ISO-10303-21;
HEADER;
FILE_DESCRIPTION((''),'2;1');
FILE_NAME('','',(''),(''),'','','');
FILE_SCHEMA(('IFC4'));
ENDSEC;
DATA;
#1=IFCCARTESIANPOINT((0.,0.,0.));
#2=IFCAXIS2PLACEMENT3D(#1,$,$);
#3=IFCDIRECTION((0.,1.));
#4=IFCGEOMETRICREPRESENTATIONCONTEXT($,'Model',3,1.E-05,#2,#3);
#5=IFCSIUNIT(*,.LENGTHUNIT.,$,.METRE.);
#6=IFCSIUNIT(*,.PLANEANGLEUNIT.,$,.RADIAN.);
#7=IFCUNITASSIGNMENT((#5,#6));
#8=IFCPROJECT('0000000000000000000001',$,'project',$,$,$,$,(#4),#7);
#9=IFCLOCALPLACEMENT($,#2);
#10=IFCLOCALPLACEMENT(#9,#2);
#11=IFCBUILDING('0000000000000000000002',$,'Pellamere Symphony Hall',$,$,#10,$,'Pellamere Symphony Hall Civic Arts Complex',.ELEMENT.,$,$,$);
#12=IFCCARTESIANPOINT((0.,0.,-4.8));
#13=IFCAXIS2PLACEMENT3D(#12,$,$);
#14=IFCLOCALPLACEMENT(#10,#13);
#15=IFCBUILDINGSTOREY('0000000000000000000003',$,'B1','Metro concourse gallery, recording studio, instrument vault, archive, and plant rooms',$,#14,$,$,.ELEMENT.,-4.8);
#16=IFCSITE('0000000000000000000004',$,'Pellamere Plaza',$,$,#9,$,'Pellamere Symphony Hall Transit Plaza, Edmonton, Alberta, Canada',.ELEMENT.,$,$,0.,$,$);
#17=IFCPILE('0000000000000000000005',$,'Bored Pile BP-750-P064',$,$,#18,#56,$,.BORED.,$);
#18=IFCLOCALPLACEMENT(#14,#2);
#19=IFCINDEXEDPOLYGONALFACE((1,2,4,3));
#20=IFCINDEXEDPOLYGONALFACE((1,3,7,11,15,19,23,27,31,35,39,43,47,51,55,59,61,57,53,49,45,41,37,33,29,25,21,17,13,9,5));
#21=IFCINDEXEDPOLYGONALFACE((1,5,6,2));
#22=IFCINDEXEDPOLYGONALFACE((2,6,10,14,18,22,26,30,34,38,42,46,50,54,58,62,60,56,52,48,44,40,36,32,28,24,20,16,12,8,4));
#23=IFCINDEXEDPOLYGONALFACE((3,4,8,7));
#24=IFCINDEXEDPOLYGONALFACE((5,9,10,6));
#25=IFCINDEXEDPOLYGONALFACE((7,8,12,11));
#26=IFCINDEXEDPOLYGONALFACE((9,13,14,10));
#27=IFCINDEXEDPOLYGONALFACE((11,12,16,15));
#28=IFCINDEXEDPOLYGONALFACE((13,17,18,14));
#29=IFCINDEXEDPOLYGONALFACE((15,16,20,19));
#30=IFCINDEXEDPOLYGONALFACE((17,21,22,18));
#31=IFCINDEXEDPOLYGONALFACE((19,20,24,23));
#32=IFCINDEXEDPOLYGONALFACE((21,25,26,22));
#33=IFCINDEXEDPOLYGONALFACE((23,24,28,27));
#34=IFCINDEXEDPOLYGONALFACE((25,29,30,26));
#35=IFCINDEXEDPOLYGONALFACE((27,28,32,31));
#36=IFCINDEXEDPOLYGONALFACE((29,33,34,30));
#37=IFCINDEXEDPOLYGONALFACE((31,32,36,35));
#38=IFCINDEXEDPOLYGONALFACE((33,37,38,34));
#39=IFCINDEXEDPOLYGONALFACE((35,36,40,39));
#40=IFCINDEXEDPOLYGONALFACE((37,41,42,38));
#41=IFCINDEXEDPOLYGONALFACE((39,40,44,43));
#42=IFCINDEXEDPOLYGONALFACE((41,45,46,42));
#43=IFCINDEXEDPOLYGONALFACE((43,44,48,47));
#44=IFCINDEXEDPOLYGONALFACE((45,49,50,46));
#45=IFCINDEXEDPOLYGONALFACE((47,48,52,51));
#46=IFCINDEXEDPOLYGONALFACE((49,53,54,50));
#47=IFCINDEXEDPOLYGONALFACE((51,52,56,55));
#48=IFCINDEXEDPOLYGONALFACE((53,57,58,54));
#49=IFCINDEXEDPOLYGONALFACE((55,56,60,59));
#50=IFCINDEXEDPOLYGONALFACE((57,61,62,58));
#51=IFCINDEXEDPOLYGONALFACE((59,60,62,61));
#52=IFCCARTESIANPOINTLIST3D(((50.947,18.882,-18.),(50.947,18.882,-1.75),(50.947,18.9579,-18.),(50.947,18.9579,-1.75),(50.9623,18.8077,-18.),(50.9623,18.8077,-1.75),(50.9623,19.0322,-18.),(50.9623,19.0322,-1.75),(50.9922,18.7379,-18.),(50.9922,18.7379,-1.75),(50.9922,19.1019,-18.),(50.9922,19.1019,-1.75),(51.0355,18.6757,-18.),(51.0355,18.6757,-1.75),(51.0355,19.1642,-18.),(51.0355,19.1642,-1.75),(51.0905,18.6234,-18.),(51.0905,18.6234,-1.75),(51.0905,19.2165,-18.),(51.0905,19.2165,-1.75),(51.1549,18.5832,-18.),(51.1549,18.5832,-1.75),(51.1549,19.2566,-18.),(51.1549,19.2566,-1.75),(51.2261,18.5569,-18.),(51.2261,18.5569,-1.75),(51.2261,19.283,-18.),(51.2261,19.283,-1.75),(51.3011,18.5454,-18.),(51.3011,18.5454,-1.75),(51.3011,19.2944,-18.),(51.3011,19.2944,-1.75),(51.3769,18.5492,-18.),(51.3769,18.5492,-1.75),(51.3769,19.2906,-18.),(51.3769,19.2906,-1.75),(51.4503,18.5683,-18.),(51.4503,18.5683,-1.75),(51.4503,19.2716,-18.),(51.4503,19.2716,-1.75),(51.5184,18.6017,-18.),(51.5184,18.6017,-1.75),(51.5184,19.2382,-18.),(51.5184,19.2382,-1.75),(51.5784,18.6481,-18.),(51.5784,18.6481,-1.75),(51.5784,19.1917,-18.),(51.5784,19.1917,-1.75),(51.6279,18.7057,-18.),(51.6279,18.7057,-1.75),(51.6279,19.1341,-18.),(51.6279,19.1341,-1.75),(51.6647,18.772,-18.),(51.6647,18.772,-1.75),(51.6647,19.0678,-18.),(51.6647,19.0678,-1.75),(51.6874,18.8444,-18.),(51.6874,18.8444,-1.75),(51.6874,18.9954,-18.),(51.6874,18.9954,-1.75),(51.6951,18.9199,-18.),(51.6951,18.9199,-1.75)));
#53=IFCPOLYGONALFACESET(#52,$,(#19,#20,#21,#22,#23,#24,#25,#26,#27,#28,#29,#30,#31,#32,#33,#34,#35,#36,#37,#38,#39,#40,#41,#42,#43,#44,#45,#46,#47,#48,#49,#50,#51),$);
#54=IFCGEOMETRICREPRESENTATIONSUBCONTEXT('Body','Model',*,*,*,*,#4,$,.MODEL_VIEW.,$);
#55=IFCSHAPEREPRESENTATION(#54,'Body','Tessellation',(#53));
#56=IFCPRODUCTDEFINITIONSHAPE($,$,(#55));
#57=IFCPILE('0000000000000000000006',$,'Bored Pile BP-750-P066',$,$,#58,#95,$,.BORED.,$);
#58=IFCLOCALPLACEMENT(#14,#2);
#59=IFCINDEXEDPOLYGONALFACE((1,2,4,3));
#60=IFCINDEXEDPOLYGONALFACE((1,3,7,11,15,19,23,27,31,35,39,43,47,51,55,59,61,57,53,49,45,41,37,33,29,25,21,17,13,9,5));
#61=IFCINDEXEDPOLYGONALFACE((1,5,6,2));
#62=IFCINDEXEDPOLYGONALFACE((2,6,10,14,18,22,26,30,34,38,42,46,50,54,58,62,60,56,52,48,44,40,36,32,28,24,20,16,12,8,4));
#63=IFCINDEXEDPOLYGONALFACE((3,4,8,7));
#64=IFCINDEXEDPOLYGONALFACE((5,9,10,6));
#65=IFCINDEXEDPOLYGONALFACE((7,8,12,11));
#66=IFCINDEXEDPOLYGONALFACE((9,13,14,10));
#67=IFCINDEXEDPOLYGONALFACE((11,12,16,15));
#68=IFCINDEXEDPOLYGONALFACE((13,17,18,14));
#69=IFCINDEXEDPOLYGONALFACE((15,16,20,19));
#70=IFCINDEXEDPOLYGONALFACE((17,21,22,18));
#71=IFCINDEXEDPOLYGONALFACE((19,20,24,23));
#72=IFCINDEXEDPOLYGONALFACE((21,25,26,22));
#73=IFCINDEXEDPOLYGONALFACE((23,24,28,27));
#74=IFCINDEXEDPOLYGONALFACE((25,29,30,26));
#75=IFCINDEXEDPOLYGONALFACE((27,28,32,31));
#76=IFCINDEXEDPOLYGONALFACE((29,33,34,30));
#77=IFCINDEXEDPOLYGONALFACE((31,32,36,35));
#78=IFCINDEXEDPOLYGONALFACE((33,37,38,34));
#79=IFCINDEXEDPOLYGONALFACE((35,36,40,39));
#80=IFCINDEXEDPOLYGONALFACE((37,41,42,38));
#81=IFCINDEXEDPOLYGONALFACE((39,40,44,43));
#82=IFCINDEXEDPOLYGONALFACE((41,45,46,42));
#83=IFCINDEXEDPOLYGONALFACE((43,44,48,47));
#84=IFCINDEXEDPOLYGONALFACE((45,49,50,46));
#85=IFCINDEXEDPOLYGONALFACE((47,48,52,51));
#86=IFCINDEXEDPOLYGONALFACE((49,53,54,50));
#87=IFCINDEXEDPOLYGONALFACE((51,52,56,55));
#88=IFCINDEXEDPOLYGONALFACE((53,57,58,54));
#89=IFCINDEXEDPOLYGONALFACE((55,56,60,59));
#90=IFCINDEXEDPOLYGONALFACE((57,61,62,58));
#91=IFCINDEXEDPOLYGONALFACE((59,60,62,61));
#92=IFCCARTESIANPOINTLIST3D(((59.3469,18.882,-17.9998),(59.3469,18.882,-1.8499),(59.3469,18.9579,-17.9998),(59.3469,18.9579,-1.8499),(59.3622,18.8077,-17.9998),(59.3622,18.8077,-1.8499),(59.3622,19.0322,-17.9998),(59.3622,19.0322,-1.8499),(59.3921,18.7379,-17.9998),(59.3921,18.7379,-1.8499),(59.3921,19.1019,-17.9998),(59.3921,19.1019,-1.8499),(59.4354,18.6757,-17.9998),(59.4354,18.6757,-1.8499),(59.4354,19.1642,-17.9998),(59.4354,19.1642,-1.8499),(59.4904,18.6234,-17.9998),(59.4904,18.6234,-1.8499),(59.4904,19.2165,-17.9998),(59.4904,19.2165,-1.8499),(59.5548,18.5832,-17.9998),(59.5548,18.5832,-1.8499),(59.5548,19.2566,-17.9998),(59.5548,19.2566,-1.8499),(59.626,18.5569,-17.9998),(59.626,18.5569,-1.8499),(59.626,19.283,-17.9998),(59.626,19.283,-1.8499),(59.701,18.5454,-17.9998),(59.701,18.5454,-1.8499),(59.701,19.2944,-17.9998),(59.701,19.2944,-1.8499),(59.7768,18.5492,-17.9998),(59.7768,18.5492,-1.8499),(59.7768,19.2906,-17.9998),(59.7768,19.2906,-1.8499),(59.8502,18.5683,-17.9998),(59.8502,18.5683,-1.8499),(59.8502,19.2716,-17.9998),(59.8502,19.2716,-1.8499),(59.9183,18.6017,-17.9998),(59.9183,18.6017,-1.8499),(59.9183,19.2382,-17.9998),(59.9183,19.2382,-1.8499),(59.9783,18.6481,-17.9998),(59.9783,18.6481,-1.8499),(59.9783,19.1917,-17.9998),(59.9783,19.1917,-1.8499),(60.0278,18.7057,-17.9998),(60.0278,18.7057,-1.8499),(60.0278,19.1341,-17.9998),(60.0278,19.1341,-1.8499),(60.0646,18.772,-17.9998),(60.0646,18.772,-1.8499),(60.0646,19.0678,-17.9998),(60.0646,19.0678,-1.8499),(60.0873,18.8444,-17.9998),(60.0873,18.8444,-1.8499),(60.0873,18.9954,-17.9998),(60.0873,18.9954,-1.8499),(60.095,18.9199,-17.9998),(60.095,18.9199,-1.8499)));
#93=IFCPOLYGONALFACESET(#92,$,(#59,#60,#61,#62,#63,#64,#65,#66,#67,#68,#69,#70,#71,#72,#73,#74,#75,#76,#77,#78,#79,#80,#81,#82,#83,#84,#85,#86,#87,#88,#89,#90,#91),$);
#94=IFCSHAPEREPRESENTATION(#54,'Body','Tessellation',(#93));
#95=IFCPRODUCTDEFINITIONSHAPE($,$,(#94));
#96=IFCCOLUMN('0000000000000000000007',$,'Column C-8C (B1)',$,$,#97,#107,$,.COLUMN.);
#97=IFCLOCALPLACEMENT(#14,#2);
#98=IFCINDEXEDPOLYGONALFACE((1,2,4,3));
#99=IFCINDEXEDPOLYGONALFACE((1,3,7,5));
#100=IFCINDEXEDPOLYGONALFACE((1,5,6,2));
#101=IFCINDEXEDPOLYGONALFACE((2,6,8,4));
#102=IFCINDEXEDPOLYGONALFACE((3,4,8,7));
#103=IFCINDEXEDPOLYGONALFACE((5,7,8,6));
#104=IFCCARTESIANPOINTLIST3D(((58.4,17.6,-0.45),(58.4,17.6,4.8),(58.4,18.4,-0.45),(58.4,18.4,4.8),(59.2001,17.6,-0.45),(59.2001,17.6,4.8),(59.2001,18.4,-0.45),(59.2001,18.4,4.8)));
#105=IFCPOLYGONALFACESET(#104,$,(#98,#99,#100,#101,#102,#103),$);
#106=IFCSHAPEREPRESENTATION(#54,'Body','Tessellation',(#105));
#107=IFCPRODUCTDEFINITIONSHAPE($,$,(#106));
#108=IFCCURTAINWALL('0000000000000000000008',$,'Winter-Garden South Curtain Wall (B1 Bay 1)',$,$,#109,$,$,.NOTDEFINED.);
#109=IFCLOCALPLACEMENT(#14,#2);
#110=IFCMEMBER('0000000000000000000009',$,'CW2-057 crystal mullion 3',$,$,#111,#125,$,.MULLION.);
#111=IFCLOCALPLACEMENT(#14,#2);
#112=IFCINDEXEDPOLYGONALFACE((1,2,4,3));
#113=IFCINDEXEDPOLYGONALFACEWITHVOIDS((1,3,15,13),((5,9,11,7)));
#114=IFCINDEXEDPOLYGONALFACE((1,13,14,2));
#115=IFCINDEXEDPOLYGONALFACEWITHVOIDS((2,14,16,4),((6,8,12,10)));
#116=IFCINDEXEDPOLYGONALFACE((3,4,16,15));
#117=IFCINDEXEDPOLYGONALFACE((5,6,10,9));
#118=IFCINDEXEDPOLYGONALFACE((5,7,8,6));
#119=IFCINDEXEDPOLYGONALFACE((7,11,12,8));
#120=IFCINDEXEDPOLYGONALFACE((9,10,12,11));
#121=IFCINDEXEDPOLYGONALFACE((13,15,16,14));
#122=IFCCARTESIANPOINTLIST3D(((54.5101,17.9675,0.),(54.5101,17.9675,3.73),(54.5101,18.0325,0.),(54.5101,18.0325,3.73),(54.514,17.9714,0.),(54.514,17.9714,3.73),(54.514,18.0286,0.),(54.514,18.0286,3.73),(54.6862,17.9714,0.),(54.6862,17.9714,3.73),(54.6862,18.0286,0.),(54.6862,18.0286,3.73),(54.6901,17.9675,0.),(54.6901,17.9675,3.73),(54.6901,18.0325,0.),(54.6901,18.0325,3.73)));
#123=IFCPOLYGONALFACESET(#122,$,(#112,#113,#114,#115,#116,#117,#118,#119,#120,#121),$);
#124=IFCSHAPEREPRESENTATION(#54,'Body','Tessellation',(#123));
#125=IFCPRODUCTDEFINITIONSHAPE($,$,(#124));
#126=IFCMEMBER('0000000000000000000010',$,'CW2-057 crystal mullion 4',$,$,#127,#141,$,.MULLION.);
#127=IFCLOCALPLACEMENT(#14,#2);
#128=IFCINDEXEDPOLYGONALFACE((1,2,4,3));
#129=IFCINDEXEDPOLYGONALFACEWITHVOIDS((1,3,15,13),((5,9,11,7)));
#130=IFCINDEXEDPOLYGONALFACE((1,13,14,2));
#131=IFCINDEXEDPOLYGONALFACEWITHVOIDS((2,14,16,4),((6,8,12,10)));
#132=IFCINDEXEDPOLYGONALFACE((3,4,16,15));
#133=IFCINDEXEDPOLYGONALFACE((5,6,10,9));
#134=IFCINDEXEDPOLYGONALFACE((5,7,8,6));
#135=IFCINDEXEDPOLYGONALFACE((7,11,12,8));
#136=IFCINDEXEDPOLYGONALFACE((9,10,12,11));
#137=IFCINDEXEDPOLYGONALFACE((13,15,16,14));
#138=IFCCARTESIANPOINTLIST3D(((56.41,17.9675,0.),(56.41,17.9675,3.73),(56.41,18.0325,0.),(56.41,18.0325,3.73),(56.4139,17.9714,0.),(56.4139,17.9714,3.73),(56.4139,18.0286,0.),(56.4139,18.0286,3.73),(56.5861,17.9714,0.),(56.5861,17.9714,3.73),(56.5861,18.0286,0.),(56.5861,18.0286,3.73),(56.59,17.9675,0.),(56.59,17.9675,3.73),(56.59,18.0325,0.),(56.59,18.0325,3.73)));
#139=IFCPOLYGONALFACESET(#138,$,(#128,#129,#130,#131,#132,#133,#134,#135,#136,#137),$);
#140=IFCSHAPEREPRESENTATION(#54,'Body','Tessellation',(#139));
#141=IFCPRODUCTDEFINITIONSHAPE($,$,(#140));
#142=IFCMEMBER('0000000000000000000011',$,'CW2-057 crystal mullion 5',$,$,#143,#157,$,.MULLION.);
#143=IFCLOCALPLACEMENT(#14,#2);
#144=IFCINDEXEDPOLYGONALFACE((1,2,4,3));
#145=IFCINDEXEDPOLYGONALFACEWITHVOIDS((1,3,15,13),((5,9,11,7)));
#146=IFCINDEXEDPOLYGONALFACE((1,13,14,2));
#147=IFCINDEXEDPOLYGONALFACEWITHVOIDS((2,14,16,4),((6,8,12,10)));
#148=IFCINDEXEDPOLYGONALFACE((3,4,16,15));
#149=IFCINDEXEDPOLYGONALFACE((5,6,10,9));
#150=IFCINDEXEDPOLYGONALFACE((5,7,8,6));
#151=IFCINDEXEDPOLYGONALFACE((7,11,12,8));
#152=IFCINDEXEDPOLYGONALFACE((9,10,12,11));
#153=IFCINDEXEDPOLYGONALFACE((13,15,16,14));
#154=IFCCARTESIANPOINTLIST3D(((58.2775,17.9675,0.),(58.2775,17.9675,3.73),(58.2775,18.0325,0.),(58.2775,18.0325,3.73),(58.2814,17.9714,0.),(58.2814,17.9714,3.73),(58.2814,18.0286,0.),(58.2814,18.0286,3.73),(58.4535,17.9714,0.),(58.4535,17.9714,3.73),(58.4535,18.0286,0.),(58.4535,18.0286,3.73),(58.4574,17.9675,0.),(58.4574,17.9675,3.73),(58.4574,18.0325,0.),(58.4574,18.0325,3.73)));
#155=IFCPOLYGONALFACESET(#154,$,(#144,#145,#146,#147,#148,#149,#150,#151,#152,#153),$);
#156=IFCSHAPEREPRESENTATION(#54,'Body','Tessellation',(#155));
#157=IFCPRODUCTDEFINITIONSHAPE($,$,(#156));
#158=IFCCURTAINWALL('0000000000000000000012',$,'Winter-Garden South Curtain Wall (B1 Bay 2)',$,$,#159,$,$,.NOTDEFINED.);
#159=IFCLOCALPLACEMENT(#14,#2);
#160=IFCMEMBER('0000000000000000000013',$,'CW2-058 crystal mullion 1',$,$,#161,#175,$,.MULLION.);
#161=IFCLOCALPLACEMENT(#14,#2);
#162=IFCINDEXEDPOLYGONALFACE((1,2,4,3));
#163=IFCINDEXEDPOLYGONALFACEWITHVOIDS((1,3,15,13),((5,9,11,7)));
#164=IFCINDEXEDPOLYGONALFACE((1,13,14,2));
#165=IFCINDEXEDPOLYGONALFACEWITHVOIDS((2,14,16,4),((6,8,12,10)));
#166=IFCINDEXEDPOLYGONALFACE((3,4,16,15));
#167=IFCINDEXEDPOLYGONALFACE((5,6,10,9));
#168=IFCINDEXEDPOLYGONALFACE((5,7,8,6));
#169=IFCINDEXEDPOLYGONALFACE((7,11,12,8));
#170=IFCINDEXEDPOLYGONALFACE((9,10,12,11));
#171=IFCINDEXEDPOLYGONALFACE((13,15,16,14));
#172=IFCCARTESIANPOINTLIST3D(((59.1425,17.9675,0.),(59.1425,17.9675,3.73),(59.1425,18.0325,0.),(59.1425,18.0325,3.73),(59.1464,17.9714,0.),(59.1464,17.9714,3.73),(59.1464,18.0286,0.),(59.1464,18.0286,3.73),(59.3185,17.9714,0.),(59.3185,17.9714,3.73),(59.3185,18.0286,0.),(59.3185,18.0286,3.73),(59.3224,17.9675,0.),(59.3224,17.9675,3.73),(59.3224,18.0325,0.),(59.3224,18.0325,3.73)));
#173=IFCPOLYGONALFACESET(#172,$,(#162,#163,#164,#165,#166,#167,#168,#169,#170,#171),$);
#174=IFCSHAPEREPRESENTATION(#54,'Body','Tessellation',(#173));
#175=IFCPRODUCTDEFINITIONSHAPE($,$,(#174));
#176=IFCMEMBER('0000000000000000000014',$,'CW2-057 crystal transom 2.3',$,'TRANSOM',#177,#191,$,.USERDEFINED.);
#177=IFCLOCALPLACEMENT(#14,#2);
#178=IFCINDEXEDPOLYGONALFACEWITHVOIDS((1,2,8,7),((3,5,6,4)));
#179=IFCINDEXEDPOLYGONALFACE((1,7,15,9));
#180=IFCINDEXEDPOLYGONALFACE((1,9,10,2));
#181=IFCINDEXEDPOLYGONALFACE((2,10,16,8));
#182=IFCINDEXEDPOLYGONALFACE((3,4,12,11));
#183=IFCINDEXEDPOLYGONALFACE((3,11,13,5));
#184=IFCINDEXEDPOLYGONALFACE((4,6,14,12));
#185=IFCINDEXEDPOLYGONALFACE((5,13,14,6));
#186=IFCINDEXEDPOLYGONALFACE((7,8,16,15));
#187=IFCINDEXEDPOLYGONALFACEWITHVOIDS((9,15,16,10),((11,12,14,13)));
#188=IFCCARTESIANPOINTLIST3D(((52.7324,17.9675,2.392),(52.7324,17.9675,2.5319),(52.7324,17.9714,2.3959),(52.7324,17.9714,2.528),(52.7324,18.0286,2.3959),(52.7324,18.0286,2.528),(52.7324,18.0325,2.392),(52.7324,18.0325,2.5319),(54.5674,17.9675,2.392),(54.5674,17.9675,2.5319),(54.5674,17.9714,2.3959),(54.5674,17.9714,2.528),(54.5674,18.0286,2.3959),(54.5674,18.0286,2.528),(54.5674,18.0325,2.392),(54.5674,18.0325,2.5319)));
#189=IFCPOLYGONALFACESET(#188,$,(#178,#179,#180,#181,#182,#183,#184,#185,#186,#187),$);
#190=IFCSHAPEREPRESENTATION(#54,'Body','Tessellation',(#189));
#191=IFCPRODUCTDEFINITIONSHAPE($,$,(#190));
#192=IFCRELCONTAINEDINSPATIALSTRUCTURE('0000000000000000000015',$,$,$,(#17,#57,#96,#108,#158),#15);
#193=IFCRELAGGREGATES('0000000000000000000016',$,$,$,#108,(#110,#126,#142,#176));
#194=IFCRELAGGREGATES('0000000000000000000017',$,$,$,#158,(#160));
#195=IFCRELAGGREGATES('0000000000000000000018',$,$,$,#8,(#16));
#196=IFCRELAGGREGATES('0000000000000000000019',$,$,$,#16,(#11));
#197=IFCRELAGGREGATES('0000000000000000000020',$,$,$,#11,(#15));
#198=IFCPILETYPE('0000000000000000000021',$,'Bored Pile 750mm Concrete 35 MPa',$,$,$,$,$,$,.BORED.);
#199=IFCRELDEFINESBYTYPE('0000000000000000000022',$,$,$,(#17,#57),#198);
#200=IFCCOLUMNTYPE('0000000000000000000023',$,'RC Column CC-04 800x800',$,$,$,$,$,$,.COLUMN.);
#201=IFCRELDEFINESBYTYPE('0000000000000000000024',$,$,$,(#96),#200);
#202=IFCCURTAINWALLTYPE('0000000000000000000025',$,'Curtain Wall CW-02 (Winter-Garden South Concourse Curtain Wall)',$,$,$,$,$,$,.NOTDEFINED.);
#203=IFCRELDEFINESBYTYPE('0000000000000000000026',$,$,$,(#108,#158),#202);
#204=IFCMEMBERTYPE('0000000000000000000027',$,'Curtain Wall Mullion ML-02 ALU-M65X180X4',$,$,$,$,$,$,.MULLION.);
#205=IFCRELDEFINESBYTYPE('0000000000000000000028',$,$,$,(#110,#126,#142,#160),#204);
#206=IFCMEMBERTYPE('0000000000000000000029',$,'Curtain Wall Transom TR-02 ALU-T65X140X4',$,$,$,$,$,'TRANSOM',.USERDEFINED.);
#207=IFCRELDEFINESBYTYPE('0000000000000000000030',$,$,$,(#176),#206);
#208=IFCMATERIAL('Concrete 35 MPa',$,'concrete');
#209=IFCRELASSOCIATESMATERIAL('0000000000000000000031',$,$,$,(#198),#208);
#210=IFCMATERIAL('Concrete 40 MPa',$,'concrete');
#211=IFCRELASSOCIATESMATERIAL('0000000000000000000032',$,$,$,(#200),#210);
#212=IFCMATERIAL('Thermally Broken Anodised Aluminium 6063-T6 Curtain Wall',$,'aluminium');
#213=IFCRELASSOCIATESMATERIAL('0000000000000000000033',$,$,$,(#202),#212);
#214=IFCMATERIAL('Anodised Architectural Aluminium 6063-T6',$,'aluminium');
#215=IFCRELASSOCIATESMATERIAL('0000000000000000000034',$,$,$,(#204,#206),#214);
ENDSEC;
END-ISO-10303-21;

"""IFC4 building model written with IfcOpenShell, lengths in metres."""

from ifc_helpers import new_model, si_unit, direction, frame, origin, origin_2d, place, context, subcontext, project, spatial, rectangle, hollow_rectangle, circle, extrude, material, material_profile, profile_set, type_object, element, aggregate, save


model = new_model("IFC4")

# Units and contexts
model_context = context("Model", 3, precision=1e-05, world=origin(), true_north=direction((0.0, 1.0)))
body_context = subcontext(model_context, "Body", "Model", "MODEL_VIEW")
ifc_project = project(units=[si_unit("LENGTHUNIT", "METRE"), si_unit("PLANEANGLEUNIT", "RADIAN")], contexts=[model_context])

# Site, building, storey
site_placement = place(None, origin())
site = spatial("IfcSite", under=ifc_project, at=site_placement, Name="Pellamere Plaza", LongName="Pellamere Symphony Hall Transit Plaza, Edmonton, Alberta, Canada", CompositionType="ELEMENT", RefElevation=0.0)
building_placement = place(site_placement, origin())
building = spatial("IfcBuilding", under=site, at=building_placement, Name="Pellamere Symphony Hall", LongName="Pellamere Symphony Hall Civic Arts Complex", CompositionType="ELEMENT")
storey_placement = place(building_placement, frame((0.0, 0.0, -4.8)))
storey = spatial("IfcBuildingStorey", under=building, at=storey_placement, Name="B1", Description="Metro concourse gallery, recording studio, instrument vault, archive, and plant rooms", CompositionType="ELEMENT", Elevation=-4.8)

# Piles
ifc_material_1 = material(Name="Concrete 35 MPa", Category="concrete")
ifc_material_profile_1 = material_profile(ifc_material_1, circle(Radius=0.375, at=origin_2d()), Name="PILE D750")
ifc_profile_set_1 = profile_set([ifc_material_profile_1], Name="Concrete 35 MPa")
pile_type = type_object("IfcPileType", Name="Bored Pile 750mm Concrete 35 MPa", PredefinedType="BORED", material=ifc_profile_set_1)
pile_1_placement = place(storey_placement, frame((51.3201, 18.9199, -1.75), z_axis=(0.0, 0.0, -1.0), x_axis=(1.0, 0.0, 0.0)))
element("IfcPile", 1, at=pile_1_placement, inside=storey, type_object=pile_type, Name="Bored Pile BP-750-P064", PredefinedType="BORED", context=body_context, shape_type="SweptSolid", body=[
    extrude(circle(Radius=0.375, at=origin_2d()), origin(), (0.0, 0.0, 1.0), 16.25),
])
pile_2_placement = place(storey_placement, frame((59.72, 18.9199, -1.8499), z_axis=(0.0, 0.0, -1.0), x_axis=(1.0, 0.0, 0.0)))
element("IfcPile", 2, at=pile_2_placement, inside=storey, type_object=pile_type, Name="Bored Pile BP-750-P066", PredefinedType="BORED", context=body_context, shape_type="SweptSolid", body=[
    extrude(circle(Radius=0.375, at=origin_2d()), origin(), (0.0, 0.0, 1.0), 16.1499),
])

# Column
ifc_material_2 = material(Name="Concrete 40 MPa", Category="concrete")
ifc_material_profile_2 = material_profile(ifc_material_2, rectangle(XDim=0.8, YDim=0.8, at=origin_2d()), Name="RC 800x800")
ifc_profile_set_2 = profile_set([ifc_material_profile_2], Name="Concrete 40 MPa")
column_type = type_object("IfcColumnType", Name="RC Column CC-04 800x800", PredefinedType="COLUMN", material=ifc_profile_set_2)
column_placement = place(storey_placement, frame((58.8, 18.0, -0.45), z_axis=(0.0, 0.0, 1.0), x_axis=(1.0, 0.0, 0.0)))
element("IfcColumn", 3, at=column_placement, inside=storey, type_object=column_type, Name="Column C-8C (B1)", PredefinedType="COLUMN", context=body_context, shape_type="SweptSolid", body=[
    extrude(rectangle(XDim=0.8, YDim=0.8, at=origin_2d()), origin(), (0.0, 0.0, 1.0), 5.25),
])

# Curtain wall, members
ifc_material_3 = material(Name="Thermally Broken Anodised Aluminium 6063-T6 Curtain Wall", Category="aluminium")
curtain_wall_type = type_object("IfcCurtainWallType", Name="Curtain Wall CW-02 (Winter-Garden South Concourse Curtain Wall)", PredefinedType="NOTDEFINED", material=ifc_material_3)
curtain_wall_1_placement = place(storey_placement, origin())
curtain_wall_1 = element("IfcCurtainWall", 4, at=curtain_wall_1_placement, inside=storey, type_object=curtain_wall_type, Name="Winter-Garden South Curtain Wall (B1 Bay 1)", PredefinedType="NOTDEFINED")
ifc_material_4 = material(Name="Anodised Architectural Aluminium 6063-T6", Category="aluminium")
ifc_material_profile_3 = material_profile(ifc_material_4, hollow_rectangle(XDim=0.0649, YDim=0.1799, WallThickness=0.0039, at=origin_2d()), Name="ALU-M65X180X4")
ifc_profile_set_3 = profile_set([ifc_material_profile_3], Name="Anodised Architectural Aluminium 6063-T6")
member_type_1 = type_object("IfcMemberType", Name="Curtain Wall Mullion ML-02 ALU-M65X180X4", PredefinedType="MULLION", material=ifc_profile_set_3)
member_1_placement = place(storey_placement, frame((54.6001, 18.0, 0.0), z_axis=(0.0, 0.0, 1.0), x_axis=(0.0, 1.0, 0.0)))
member_1 = element("IfcMember", 5, at=member_1_placement, type_object=member_type_1, Name="CW2-057 crystal mullion 3", PredefinedType="MULLION", context=body_context, shape_type="SweptSolid", body=[
    extrude(hollow_rectangle(XDim=0.0649, YDim=0.1799, WallThickness=0.0039, at=origin_2d()), origin(), (0.0, 0.0, 1.0), 3.73),
])
member_2_placement = place(storey_placement, frame((56.5, 18.0, 0.0), z_axis=(0.0, 0.0, 1.0), x_axis=(0.0, 1.0, 0.0)))
member_2 = element("IfcMember", 6, at=member_2_placement, type_object=member_type_1, Name="CW2-057 crystal mullion 4", PredefinedType="MULLION", context=body_context, shape_type="SweptSolid", body=[
    extrude(hollow_rectangle(XDim=0.0649, YDim=0.1799, WallThickness=0.0039, at=origin_2d()), origin(), (0.0, 0.0, 1.0), 3.73),
])
member_3_placement = place(storey_placement, frame((58.3674, 18.0, 0.0), z_axis=(0.0, 0.0, 1.0), x_axis=(0.0, 1.0, 0.0)))
member_3 = element("IfcMember", 7, at=member_3_placement, type_object=member_type_1, Name="CW2-057 crystal mullion 5", PredefinedType="MULLION", context=body_context, shape_type="SweptSolid", body=[
    extrude(hollow_rectangle(XDim=0.0649, YDim=0.1799, WallThickness=0.0039, at=origin_2d()), origin(), (0.0, 0.0, 1.0), 3.73),
])

# Curtain wall, member
curtain_wall_2_placement = place(storey_placement, origin())
curtain_wall_2 = element("IfcCurtainWall", 8, at=curtain_wall_2_placement, inside=storey, type_object=curtain_wall_type, Name="Winter-Garden South Curtain Wall (B1 Bay 2)", PredefinedType="NOTDEFINED")
member_4_placement = place(storey_placement, frame((59.2324, 18.0, 0.0), z_axis=(0.0, 0.0, 1.0), x_axis=(0.0, 1.0, 0.0)))
member_4 = element("IfcMember", 9, at=member_4_placement, type_object=member_type_1, Name="CW2-058 crystal mullion 1", PredefinedType="MULLION", context=body_context, shape_type="SweptSolid", body=[
    extrude(hollow_rectangle(XDim=0.0649, YDim=0.1799, WallThickness=0.0039, at=origin_2d()), origin(), (0.0, 0.0, 1.0), 3.73),
])

# Member
ifc_material_profile_4 = material_profile(ifc_material_4, hollow_rectangle(XDim=0.0649, YDim=0.1399, WallThickness=0.0039, at=origin_2d()), Name="ALU-T65X140X4")
ifc_profile_set_4 = profile_set([ifc_material_profile_4], Name="Anodised Architectural Aluminium 6063-T6")
member_type_2 = type_object("IfcMemberType", Name="Curtain Wall Transom TR-02 ALU-T65X140X4", ElementType="TRANSOM", PredefinedType="USERDEFINED", material=ifc_profile_set_4)
member_5_placement = place(storey_placement, frame((52.7324, 18.0, 2.4619), z_axis=(1.0, 0.0, 0.0), x_axis=(0.0, 1.0, 0.0)))
member_5 = element("IfcMember", 10, at=member_5_placement, type_object=member_type_2, Name="CW2-057 crystal transom 2.3", ObjectType="TRANSOM", PredefinedType="USERDEFINED", context=body_context, shape_type="SweptSolid", body=[
    extrude(hollow_rectangle(XDim=0.0649, YDim=0.1399, WallThickness=0.0039, at=origin_2d()), origin(), (0.0, 0.0, 1.0), 1.835),
])

aggregate(curtain_wall_1, [member_1, member_2, member_3, member_5])
aggregate(curtain_wall_2, [member_4])

save(model, "model.ifc")
